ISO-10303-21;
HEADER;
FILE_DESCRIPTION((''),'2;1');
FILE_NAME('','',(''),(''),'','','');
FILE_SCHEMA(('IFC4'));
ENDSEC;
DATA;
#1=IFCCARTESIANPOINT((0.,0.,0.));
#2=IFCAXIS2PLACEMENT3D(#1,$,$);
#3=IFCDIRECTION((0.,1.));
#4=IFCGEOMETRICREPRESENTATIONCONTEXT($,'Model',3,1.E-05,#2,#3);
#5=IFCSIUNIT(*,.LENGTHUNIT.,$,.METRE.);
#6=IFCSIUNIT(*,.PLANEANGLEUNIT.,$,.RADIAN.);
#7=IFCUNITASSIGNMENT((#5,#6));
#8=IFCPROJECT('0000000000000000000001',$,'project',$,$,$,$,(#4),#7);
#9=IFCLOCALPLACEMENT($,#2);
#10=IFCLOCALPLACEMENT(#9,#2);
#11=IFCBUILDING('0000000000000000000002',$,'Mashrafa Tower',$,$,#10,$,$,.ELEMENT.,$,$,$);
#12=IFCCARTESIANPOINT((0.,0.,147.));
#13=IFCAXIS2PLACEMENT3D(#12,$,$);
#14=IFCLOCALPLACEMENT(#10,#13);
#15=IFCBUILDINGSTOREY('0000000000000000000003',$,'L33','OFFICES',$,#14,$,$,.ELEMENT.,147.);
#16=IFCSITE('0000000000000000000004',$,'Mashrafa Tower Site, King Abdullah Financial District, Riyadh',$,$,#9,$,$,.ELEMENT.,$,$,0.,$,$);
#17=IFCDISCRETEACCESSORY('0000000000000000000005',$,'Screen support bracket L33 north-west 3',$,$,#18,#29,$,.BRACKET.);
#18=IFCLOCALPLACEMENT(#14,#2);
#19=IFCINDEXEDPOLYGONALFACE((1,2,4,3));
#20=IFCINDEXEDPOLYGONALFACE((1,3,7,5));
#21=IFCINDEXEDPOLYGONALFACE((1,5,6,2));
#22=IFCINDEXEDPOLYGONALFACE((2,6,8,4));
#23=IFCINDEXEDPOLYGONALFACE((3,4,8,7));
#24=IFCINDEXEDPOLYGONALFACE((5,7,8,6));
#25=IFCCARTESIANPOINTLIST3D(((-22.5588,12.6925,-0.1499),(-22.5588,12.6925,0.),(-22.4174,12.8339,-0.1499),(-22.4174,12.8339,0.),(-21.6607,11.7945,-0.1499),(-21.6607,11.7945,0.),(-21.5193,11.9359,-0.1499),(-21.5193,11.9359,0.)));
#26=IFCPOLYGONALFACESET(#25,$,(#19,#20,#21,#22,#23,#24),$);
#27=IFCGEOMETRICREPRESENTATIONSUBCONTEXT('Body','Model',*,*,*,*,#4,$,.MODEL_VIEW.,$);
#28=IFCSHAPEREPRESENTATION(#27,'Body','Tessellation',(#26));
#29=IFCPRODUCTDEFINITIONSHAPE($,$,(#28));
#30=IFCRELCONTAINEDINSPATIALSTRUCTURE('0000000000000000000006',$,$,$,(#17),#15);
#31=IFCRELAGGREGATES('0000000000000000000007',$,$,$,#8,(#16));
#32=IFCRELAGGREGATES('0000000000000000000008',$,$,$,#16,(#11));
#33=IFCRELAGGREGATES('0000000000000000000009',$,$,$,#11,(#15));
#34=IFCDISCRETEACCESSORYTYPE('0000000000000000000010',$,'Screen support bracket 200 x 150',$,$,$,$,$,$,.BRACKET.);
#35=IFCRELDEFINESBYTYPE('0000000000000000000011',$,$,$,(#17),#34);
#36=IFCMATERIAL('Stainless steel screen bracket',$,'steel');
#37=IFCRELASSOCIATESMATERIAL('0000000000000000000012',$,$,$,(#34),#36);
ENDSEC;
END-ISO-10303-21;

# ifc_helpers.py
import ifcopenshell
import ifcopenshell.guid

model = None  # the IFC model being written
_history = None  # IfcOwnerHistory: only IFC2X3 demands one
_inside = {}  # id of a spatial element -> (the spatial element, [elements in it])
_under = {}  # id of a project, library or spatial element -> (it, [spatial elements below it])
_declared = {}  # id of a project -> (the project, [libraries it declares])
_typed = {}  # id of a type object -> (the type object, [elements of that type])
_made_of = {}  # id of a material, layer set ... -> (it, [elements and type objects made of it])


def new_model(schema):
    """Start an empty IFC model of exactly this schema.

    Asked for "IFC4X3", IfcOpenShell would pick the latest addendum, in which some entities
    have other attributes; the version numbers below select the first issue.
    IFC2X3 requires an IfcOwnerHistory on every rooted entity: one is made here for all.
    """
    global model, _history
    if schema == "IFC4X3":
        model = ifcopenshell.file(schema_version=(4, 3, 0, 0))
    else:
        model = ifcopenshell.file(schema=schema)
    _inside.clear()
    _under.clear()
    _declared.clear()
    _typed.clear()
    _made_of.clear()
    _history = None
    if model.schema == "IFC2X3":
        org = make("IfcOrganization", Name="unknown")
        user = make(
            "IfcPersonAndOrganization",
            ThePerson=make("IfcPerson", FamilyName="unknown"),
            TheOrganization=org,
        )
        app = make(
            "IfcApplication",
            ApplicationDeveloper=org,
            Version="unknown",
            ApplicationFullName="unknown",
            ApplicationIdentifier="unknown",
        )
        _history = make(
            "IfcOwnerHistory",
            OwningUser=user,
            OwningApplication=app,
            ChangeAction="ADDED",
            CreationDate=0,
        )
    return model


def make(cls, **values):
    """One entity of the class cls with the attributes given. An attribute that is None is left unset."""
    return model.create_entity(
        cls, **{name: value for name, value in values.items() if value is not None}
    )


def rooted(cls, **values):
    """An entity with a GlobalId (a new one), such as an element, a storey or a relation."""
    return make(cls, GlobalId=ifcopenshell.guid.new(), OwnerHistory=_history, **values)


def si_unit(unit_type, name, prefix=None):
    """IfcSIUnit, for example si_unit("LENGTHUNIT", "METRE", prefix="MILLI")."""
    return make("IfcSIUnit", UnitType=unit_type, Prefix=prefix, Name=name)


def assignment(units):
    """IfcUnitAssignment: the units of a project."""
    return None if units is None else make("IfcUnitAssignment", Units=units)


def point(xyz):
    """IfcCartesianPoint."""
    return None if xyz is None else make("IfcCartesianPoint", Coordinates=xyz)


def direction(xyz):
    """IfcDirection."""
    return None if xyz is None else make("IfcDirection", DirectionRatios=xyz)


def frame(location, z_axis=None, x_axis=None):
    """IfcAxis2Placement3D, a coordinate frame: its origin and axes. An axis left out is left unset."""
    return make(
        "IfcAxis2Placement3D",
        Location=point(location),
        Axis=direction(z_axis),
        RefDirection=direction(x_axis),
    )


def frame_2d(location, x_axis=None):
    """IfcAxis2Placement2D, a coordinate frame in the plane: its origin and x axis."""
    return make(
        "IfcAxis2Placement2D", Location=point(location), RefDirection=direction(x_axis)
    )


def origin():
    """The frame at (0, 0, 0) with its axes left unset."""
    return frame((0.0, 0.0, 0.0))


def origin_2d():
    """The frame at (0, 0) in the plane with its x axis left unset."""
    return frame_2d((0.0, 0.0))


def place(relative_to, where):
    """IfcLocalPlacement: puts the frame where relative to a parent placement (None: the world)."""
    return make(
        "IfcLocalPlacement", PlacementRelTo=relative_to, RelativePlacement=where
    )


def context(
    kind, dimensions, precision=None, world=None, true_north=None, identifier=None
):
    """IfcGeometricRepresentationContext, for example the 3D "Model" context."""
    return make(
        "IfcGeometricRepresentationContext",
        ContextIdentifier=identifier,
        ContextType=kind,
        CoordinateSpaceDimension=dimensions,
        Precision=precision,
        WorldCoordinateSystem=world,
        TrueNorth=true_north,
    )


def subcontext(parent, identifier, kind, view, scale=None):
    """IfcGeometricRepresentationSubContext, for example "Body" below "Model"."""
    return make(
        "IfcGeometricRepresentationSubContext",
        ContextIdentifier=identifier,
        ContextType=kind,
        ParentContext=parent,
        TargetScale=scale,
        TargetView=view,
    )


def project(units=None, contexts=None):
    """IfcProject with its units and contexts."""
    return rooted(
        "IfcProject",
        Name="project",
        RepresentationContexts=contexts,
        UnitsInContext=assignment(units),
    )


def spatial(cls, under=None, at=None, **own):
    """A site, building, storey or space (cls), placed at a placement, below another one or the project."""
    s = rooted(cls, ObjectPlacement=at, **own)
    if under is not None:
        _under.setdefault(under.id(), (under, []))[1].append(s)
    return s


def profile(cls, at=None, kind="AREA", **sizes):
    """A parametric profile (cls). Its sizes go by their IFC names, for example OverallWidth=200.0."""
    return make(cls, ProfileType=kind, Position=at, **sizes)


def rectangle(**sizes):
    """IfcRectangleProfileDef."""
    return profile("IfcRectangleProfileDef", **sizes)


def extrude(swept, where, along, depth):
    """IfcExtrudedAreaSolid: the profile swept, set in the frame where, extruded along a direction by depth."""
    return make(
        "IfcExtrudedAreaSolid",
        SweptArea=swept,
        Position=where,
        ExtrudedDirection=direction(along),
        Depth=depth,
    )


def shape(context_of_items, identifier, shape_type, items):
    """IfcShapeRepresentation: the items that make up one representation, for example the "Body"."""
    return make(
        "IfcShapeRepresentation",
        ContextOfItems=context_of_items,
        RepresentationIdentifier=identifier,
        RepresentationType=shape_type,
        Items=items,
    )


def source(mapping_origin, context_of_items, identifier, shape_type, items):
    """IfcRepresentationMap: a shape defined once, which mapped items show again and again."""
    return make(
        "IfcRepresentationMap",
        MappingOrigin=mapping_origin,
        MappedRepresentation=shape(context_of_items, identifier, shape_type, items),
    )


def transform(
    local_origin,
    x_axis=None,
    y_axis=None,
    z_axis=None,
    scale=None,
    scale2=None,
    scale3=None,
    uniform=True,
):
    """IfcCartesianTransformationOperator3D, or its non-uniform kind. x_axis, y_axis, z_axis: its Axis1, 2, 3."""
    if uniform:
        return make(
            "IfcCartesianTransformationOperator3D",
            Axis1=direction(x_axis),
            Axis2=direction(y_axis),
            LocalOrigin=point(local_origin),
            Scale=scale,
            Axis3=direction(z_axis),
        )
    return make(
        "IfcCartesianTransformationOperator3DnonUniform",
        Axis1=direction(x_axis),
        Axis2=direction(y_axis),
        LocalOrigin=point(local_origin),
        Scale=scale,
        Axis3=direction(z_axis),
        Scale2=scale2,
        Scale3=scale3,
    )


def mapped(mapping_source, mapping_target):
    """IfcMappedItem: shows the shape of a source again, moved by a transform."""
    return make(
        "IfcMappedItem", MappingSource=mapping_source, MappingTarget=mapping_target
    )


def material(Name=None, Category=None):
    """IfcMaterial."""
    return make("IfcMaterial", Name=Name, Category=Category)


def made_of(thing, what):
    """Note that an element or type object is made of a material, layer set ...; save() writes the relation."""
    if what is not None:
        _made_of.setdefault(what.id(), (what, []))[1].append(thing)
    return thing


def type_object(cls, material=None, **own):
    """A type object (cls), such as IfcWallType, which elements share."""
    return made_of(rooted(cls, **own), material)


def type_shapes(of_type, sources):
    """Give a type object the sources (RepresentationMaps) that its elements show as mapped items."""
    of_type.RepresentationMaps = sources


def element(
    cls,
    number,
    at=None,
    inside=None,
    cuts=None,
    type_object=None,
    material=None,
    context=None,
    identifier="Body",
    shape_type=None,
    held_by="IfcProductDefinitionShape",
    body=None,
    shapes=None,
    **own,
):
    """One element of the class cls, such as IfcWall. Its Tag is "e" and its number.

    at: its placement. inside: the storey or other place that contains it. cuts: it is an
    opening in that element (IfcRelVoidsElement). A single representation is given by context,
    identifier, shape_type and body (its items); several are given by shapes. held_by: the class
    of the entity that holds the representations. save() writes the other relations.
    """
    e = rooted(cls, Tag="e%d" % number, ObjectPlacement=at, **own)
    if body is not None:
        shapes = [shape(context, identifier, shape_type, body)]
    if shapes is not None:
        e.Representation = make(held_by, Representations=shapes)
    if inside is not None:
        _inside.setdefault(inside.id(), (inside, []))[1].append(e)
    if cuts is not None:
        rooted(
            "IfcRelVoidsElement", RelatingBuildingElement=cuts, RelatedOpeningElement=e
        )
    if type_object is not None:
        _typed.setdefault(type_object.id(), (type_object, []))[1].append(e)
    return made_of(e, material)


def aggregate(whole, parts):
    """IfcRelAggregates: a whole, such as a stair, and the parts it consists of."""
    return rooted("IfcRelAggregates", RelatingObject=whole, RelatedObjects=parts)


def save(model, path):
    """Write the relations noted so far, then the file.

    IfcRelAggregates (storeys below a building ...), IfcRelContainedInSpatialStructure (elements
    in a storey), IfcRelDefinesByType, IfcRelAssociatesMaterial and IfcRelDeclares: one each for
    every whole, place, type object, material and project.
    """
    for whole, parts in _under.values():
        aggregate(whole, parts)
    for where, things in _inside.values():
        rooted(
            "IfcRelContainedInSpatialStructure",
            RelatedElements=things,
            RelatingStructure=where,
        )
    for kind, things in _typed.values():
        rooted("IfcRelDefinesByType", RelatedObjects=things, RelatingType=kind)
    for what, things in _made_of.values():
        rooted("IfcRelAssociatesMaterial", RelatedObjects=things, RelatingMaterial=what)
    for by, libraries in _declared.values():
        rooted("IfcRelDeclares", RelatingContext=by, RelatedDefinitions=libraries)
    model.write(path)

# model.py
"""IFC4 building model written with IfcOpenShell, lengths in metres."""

from ifc_helpers import new_model, si_unit, direction, frame, origin, origin_2d, place, context, subcontext, project, spatial, rectangle, extrude, source, transform, mapped, material, type_object, type_shapes, element, save


model = new_model("IFC4")

# Units and contexts
model_context = context("Model", 3, precision=1e-05, world=origin(), true_north=direction((0.0, 1.0)))
body_context = subcontext(model_context, "Body", "Model", "MODEL_VIEW")
ifc_project = project(units=[si_unit("LENGTHUNIT", "METRE"), si_unit("PLANEANGLEUNIT", "RADIAN")], contexts=[model_context])

# Site, building, storey
site_placement = place(None, origin())
site = spatial("IfcSite", under=ifc_project, at=site_placement, Name="Mashrafa Tower Site, King Abdullah Financial District, Riyadh", CompositionType="ELEMENT", RefElevation=0.0)
building_placement = place(site_placement, origin())
building = spatial("IfcBuilding", under=site, at=building_placement, Name="Mashrafa Tower", CompositionType="ELEMENT")
storey_placement = place(building_placement, frame((0.0, 0.0, 147.0)))
storey = spatial("IfcBuildingStorey", under=building, at=storey_placement, Name="L33", Description="OFFICES", CompositionType="ELEMENT", Elevation=147.0)

# Discrete accessory
ifc_material_1 = material(Name="Stainless steel screen bracket", Category="steel")
discrete_accessory_type = type_object("IfcDiscreteAccessoryType", Name="Screen support bracket 200 x 150", PredefinedType="BRACKET", material=ifc_material_1)
shared_shape_1 = source(origin(), body_context, "Body", "SweptSolid", [
    extrude(rectangle(XDim=0.2, YDim=1.27, at=origin_2d()), origin(), (0.0, 0.0, 1.0), 0.1499),
])
type_shapes(discrete_accessory_type, [shared_shape_1])
for number, where, z_axis, x_axis, name in (
    (1, (-22.0391, 12.3142, -0.1499), (0.0, 0.0, 1.0), (-0.707107, -0.707107, 0.0), "Screen support bracket L33 north-west 3"),
):
    element("IfcDiscreteAccessory", number, at=place(storey_placement, frame(where, z_axis=z_axis, x_axis=x_axis)), inside=storey, type_object=discrete_accessory_type, Name=name, PredefinedType="BRACKET", context=body_context, shape_type="MappedRepresentation", body=[
        mapped(shared_shape_1, transform((0.0, 0.0, 0.0))),
    ])

save(model, "model.ifc")
